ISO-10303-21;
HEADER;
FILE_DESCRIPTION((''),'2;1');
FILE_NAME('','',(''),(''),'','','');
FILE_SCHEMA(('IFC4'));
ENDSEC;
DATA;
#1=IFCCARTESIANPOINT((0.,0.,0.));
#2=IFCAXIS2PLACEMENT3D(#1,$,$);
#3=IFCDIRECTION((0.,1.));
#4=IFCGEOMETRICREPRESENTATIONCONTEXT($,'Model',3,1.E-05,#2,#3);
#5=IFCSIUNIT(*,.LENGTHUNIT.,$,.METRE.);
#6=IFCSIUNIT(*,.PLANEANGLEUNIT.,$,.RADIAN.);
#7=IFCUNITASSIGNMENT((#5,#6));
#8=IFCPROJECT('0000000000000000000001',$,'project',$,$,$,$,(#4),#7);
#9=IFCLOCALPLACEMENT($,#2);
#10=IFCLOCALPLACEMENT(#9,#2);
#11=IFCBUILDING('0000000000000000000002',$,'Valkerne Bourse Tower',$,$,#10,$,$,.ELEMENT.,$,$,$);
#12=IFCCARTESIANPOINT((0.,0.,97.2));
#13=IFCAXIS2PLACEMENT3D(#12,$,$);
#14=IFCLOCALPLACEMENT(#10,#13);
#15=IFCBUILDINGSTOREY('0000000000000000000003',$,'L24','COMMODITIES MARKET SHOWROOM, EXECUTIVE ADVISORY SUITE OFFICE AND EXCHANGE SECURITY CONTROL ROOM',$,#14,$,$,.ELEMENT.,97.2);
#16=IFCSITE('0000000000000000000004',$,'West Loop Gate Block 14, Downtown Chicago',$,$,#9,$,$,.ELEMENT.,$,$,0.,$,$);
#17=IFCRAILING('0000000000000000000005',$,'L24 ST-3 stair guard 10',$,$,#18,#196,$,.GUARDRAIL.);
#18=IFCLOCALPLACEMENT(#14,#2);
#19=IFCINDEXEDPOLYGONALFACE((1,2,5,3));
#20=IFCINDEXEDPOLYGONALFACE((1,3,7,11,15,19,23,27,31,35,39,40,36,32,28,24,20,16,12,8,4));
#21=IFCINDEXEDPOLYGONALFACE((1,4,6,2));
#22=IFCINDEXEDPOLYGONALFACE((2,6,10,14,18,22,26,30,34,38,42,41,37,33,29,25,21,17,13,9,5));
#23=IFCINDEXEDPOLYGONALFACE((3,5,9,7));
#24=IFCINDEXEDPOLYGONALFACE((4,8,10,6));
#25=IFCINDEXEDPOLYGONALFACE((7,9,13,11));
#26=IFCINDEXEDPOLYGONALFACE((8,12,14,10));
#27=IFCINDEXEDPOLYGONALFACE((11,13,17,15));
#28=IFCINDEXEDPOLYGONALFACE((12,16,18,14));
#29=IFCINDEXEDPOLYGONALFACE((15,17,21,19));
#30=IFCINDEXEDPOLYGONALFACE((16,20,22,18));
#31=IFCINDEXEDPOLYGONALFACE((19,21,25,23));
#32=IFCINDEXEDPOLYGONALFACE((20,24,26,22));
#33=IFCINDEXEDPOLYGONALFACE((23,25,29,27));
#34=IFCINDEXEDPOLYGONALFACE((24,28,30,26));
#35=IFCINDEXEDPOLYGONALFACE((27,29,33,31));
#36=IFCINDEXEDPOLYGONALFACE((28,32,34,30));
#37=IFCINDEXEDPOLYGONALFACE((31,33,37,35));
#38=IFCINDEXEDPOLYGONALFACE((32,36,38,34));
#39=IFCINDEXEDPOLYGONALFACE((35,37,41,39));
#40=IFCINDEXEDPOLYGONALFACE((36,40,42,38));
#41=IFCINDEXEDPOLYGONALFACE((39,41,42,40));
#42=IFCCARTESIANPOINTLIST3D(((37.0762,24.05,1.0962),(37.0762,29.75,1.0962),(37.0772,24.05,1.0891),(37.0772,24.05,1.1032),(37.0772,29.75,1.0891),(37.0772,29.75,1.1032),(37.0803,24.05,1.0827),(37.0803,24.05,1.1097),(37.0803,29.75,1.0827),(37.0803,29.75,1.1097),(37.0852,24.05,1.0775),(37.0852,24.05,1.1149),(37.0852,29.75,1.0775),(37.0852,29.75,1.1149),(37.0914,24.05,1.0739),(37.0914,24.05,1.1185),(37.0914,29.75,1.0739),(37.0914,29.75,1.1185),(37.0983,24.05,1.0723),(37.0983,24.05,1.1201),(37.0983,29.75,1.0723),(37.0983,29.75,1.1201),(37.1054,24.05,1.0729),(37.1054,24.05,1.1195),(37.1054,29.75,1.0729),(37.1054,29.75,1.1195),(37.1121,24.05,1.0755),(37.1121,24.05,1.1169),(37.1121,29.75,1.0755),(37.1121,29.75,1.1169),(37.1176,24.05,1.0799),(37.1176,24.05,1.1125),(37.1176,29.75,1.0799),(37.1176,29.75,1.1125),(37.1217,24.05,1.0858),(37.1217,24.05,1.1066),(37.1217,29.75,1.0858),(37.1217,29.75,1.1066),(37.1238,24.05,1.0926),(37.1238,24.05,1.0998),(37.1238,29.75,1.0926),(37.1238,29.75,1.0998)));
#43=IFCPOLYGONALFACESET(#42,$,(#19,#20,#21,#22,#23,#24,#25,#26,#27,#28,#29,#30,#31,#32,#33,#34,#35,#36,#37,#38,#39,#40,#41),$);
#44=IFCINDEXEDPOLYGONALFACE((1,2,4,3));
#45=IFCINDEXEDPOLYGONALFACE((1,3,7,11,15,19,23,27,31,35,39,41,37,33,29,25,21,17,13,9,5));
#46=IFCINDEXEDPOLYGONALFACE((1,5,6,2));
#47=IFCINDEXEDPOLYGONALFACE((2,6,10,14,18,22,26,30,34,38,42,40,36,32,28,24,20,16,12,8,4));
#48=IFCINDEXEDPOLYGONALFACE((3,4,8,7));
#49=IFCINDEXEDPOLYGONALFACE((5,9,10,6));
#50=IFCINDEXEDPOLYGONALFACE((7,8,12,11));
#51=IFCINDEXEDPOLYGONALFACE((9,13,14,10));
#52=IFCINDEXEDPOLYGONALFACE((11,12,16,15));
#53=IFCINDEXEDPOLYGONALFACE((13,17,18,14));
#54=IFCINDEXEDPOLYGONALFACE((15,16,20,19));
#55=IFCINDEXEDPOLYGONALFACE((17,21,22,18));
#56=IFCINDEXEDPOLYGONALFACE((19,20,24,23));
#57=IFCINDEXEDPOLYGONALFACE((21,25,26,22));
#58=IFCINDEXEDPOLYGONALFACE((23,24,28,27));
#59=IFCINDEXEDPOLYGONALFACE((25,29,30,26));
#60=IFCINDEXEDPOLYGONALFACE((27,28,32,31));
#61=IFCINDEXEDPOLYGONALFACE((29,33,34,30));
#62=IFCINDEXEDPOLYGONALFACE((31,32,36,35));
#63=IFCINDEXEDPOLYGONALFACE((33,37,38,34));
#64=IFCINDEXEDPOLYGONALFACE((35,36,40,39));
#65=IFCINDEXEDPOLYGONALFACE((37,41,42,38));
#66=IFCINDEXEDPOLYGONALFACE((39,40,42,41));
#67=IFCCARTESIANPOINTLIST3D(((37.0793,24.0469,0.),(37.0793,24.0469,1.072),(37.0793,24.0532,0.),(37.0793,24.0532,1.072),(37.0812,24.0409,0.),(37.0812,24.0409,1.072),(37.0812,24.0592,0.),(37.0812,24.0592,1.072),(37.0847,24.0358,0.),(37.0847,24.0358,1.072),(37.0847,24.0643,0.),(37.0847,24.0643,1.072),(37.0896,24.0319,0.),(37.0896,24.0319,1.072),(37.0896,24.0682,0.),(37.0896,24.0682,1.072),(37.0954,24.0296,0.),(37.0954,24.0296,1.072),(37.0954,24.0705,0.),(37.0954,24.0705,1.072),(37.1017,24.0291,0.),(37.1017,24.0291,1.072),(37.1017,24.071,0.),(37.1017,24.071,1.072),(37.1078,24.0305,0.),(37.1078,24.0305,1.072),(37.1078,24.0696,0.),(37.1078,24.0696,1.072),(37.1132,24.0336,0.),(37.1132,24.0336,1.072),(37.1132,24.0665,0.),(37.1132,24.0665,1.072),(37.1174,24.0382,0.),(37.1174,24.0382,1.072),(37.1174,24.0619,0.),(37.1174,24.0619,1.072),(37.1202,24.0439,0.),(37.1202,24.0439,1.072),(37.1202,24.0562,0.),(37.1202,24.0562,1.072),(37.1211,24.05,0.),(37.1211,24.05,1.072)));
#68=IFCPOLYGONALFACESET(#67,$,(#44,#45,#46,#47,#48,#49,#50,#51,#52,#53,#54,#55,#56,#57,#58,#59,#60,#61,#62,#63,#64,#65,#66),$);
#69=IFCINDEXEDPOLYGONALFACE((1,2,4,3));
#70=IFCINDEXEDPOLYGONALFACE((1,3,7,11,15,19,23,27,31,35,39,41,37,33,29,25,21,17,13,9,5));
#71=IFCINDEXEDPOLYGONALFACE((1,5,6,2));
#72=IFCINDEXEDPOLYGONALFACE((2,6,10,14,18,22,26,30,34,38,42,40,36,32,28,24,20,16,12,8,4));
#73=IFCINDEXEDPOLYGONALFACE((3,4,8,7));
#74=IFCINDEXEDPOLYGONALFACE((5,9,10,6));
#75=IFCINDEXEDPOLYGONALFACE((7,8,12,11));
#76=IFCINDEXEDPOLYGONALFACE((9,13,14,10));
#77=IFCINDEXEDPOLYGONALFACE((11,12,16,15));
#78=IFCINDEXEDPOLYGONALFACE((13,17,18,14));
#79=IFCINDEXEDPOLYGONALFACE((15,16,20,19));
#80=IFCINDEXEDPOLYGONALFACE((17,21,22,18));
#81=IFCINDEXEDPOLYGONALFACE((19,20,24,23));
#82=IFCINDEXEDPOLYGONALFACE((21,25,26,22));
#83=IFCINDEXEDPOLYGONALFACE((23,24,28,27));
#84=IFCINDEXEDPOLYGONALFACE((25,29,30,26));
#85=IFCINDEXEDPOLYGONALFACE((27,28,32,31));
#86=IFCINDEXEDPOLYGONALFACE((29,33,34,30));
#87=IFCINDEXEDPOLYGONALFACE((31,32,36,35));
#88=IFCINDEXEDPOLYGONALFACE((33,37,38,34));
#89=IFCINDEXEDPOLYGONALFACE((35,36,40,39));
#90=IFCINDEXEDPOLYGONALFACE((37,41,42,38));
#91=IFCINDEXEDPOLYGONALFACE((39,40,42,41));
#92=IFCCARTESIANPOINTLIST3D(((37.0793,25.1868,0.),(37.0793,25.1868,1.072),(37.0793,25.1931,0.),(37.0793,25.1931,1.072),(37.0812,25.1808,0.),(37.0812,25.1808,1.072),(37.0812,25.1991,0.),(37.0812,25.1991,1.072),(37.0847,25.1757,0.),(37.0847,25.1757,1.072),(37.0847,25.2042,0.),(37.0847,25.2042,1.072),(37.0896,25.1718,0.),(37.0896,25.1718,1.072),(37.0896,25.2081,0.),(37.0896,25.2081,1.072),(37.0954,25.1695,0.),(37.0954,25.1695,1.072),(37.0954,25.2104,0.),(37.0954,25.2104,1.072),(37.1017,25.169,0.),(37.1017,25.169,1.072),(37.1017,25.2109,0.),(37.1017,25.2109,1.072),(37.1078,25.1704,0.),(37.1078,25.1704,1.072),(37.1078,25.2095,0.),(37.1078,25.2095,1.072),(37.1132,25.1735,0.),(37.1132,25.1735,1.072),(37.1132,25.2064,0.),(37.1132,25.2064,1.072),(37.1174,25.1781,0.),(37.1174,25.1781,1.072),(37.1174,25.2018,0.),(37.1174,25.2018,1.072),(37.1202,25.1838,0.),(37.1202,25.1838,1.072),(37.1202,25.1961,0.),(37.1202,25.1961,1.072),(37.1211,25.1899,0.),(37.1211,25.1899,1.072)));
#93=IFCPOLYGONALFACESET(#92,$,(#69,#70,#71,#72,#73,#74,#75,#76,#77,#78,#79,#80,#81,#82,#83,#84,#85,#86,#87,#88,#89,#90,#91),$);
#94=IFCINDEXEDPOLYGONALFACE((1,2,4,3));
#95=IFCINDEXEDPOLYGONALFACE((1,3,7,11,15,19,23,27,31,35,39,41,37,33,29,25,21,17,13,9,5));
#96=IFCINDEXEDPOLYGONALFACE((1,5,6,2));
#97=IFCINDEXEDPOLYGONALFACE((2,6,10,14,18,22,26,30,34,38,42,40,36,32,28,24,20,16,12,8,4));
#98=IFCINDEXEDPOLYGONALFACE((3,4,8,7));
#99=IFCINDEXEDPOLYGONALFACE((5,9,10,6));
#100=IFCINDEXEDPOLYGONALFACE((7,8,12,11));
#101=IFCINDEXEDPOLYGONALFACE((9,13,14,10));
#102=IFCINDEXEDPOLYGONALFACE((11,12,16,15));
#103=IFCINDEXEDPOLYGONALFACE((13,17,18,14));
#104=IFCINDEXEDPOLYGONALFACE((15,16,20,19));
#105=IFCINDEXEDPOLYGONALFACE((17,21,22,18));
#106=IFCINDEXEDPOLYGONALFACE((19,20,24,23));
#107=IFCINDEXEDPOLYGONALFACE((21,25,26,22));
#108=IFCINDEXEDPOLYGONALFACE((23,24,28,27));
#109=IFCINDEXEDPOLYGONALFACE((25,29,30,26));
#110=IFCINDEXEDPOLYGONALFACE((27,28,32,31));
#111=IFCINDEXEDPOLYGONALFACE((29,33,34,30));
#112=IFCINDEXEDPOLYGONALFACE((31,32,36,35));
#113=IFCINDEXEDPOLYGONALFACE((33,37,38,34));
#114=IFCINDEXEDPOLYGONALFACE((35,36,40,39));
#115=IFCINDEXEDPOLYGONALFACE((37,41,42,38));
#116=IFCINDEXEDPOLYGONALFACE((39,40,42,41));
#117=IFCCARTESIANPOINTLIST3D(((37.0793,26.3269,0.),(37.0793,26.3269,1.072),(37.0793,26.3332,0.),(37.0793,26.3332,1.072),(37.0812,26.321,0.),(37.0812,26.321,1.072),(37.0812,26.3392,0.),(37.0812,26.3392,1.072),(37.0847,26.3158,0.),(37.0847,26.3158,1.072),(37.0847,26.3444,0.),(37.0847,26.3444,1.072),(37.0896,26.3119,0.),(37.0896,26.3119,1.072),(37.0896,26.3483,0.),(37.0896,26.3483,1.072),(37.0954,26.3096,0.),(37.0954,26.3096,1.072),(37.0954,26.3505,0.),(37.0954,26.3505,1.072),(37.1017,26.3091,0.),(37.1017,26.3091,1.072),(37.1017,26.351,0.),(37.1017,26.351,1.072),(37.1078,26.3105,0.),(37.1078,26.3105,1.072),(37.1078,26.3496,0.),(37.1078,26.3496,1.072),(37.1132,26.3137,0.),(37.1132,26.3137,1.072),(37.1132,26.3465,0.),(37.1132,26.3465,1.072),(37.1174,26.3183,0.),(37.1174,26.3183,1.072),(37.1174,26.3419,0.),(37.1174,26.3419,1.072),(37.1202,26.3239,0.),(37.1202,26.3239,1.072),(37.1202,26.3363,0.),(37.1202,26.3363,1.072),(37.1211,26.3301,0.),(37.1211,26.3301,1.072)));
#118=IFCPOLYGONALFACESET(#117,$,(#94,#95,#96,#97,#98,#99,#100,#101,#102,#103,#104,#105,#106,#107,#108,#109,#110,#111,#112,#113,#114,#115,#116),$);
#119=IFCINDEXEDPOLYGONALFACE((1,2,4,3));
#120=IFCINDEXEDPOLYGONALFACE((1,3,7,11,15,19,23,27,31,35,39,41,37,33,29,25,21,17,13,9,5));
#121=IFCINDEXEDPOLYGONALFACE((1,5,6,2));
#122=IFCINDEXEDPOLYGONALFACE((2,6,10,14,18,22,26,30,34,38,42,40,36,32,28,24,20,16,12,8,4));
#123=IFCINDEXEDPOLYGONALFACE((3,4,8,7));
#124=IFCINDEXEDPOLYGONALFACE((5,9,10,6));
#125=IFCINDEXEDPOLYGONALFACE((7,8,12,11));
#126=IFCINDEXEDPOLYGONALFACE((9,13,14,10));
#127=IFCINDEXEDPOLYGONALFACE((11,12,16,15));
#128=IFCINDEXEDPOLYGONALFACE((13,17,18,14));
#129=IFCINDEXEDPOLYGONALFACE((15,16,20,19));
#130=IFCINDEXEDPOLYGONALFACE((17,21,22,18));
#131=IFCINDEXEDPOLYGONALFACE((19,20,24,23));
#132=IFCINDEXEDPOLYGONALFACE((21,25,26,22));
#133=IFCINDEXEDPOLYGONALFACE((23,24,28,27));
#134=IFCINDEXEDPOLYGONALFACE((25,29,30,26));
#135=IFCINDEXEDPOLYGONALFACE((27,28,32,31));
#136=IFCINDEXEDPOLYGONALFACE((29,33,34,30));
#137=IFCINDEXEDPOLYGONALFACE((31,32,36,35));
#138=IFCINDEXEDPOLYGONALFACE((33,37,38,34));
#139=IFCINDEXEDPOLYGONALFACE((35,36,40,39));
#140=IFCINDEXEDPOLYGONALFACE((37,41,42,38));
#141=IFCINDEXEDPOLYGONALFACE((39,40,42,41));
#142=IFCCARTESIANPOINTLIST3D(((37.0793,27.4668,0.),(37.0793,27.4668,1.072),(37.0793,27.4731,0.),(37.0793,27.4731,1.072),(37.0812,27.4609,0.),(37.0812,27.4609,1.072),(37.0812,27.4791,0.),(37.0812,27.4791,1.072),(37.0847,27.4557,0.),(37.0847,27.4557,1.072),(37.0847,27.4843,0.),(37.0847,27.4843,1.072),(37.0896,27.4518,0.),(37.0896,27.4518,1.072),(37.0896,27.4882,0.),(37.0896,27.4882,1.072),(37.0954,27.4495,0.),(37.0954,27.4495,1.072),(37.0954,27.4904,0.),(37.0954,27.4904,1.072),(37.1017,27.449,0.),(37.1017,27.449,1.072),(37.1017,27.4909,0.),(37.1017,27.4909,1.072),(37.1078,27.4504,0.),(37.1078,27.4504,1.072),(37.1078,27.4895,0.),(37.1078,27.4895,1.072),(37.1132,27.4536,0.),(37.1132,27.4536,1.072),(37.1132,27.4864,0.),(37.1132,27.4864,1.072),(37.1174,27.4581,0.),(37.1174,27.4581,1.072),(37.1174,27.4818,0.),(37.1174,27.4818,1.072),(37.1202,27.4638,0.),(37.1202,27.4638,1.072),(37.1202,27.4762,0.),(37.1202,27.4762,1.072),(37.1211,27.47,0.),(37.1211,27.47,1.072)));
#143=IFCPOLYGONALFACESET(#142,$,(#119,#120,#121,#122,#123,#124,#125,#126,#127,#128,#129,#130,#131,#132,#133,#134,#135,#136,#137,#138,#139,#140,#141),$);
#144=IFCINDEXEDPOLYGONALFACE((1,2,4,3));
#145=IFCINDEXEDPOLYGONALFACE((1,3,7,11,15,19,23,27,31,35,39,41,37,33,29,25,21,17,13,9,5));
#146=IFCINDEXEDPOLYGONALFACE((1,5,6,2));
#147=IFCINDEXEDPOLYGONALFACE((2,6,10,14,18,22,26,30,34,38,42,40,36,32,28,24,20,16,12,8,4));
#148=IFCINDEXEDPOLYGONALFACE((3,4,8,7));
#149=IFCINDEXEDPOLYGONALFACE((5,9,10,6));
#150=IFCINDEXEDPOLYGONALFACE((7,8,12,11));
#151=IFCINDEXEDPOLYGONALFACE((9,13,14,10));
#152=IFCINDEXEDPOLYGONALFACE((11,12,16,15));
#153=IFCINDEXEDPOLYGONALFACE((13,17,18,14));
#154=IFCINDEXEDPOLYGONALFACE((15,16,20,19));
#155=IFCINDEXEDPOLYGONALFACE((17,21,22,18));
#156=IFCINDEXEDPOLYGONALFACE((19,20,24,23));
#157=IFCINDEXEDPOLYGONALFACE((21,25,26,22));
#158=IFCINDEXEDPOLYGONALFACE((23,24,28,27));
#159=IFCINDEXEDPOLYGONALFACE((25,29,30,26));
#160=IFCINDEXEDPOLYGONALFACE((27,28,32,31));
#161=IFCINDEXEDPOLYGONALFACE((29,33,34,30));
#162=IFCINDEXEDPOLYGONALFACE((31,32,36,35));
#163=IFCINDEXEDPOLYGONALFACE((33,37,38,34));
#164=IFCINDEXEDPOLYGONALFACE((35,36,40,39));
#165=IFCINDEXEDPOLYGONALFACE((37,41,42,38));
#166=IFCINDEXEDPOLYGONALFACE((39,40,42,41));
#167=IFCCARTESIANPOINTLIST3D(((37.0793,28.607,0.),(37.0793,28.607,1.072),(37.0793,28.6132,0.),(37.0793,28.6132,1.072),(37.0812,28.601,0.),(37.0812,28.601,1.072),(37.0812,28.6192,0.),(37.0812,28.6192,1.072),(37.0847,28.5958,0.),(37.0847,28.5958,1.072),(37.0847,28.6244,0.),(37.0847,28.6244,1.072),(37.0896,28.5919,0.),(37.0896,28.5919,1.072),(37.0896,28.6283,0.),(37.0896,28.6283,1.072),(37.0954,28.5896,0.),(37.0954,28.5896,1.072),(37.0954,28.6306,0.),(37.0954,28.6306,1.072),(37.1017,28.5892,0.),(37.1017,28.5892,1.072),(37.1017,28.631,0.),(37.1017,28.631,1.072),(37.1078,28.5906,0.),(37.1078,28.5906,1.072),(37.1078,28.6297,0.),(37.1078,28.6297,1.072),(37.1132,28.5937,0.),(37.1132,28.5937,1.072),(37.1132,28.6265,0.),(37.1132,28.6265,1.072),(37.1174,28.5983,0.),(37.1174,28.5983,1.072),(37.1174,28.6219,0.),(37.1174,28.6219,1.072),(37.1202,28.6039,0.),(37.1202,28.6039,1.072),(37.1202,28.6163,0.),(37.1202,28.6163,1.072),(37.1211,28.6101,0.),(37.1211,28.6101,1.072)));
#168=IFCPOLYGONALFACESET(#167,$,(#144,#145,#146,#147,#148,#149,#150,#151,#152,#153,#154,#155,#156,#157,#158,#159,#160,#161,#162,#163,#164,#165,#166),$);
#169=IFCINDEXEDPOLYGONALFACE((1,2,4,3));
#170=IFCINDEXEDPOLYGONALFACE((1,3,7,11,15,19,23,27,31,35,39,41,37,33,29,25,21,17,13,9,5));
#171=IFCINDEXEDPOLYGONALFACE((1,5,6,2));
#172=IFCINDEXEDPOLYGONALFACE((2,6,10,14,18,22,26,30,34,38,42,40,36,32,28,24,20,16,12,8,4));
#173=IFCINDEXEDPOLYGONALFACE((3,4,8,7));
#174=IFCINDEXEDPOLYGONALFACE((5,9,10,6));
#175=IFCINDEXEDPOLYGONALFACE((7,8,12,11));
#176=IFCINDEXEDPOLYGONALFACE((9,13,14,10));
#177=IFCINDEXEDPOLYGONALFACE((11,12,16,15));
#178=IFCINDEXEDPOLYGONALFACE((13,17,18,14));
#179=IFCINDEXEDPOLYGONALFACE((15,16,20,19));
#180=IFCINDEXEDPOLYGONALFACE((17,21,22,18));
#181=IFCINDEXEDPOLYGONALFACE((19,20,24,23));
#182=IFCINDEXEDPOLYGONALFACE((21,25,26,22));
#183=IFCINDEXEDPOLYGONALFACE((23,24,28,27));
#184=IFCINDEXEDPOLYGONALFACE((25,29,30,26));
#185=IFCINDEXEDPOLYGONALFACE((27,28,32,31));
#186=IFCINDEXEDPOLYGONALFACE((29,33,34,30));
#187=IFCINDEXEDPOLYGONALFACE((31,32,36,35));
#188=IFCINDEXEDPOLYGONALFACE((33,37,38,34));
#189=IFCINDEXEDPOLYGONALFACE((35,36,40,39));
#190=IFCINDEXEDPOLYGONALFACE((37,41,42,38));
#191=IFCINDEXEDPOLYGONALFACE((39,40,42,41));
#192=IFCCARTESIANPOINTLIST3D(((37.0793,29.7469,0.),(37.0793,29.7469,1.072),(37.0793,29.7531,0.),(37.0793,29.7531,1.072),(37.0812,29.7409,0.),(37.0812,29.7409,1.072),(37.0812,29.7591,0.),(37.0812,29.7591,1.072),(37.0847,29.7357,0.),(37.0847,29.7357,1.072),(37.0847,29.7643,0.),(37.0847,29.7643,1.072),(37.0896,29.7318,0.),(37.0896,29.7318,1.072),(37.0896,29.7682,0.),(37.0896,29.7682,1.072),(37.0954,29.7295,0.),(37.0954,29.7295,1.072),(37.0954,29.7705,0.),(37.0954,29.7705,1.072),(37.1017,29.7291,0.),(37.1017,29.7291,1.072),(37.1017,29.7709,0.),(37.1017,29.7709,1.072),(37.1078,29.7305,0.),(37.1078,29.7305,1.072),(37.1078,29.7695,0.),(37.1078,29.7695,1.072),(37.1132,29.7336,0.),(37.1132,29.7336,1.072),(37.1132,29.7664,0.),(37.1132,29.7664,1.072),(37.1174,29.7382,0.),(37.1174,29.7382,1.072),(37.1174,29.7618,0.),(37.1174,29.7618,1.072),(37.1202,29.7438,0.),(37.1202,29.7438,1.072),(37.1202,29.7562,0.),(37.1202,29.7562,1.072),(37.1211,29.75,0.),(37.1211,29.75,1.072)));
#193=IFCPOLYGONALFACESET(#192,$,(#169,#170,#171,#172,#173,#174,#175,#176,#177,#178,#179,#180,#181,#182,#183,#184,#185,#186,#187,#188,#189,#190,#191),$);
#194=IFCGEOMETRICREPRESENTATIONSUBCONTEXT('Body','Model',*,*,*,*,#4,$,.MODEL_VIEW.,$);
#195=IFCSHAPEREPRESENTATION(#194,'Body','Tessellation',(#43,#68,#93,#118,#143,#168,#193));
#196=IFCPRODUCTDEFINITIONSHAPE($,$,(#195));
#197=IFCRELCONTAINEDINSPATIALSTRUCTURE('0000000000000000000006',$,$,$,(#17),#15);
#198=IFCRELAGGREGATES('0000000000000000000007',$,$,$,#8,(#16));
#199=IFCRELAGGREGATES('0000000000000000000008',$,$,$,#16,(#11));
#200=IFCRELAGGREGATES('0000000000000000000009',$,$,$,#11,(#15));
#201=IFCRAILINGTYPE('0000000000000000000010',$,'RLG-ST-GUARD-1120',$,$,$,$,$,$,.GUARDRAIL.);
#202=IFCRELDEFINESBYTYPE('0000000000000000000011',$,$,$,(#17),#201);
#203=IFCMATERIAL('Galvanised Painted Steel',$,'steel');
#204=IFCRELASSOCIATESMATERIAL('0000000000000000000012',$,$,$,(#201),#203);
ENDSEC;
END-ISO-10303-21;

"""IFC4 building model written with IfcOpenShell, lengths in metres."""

from ifc_helpers import new_model, si_unit, direction, frame, origin, origin_2d, place, context, subcontext, project, spatial, circle, extrude, material, type_object, element, save


model = new_model("IFC4")

# Units and contexts
model_context = context("Model", 3, precision=1e-05, world=origin(), true_north=direction((0.0, 1.0)))
body_context = subcontext(model_context, "Body", "Model", "MODEL_VIEW")
ifc_project = project(units=[si_unit("LENGTHUNIT", "METRE"), si_unit("PLANEANGLEUNIT", "RADIAN")], contexts=[model_context])

# Site, building, storey
site_placement = place(None, origin())
site = spatial("IfcSite", under=ifc_project, at=site_placement, Name="West Loop Gate Block 14, Downtown Chicago", CompositionType="ELEMENT", RefElevation=0.0)
building_placement = place(site_placement, origin())
building = spatial("IfcBuilding", under=site, at=building_placement, Name="Valkerne Bourse Tower", CompositionType="ELEMENT")
storey_placement = place(building_placement, frame((0.0, 0.0, 97.2)))
storey = spatial("IfcBuildingStorey", under=building, at=storey_placement, Name="L24", Description="COMMODITIES MARKET SHOWROOM, EXECUTIVE ADVISORY SUITE OFFICE AND EXCHANGE SECURITY CONTROL ROOM", CompositionType="ELEMENT", Elevation=97.2)

# Shared definitions
ifc_material_1 = material(Name="Galvanised Painted Steel", Category="steel")

# Railing
railing_type_1 = type_object("IfcRailingType", Name="RLG-ST-GUARD-1120", PredefinedType="GUARDRAIL", material=ifc_material_1)
for number, where, name in (
    (1, (37.1001, 24.05, 0.0), "L24 ST-3 stair guard 10"),
):
    element("IfcRailing", number, at=place(storey_placement, frame(where)), inside=storey, type_object=railing_type_1, Name=name, PredefinedType="GUARDRAIL", context=body_context, shape_type="SweptSolid", body=[
        extrude(circle(Radius=0.0239, at=origin_2d()), frame((0.0, 0.0, 1.0962), z_axis=(0.0, 1.0, 0.0), x_axis=(-1.0, 0.0, 0.0)), (0.0, 0.0, 1.0), 5.7),
        extrude(circle(Radius=0.021, at=origin_2d()), origin(), (0.0, 0.0, 1.0), 1.072),
        extrude(circle(Radius=0.021, at=origin_2d()), frame((0.0, 1.1399, 0.0)), (0.0, 0.0, 1.0), 1.072),
        extrude(circle(Radius=0.021, at=origin_2d()), frame((0.0, 2.28, 0.0)), (0.0, 0.0, 1.0), 1.072),
        extrude(circle(Radius=0.021, at=origin_2d()), frame((0.0, 3.4199, 0.0)), (0.0, 0.0, 1.0), 1.072),
        extrude(circle(Radius=0.021, at=origin_2d()), frame((0.0, 4.5601, 0.0)), (0.0, 0.0, 1.0), 1.072),
        extrude(circle(Radius=0.021, at=origin_2d()), frame((0.0, 5.7, 0.0)), (0.0, 0.0, 1.0), 1.072),
    ])

save(model, "model.ifc")
